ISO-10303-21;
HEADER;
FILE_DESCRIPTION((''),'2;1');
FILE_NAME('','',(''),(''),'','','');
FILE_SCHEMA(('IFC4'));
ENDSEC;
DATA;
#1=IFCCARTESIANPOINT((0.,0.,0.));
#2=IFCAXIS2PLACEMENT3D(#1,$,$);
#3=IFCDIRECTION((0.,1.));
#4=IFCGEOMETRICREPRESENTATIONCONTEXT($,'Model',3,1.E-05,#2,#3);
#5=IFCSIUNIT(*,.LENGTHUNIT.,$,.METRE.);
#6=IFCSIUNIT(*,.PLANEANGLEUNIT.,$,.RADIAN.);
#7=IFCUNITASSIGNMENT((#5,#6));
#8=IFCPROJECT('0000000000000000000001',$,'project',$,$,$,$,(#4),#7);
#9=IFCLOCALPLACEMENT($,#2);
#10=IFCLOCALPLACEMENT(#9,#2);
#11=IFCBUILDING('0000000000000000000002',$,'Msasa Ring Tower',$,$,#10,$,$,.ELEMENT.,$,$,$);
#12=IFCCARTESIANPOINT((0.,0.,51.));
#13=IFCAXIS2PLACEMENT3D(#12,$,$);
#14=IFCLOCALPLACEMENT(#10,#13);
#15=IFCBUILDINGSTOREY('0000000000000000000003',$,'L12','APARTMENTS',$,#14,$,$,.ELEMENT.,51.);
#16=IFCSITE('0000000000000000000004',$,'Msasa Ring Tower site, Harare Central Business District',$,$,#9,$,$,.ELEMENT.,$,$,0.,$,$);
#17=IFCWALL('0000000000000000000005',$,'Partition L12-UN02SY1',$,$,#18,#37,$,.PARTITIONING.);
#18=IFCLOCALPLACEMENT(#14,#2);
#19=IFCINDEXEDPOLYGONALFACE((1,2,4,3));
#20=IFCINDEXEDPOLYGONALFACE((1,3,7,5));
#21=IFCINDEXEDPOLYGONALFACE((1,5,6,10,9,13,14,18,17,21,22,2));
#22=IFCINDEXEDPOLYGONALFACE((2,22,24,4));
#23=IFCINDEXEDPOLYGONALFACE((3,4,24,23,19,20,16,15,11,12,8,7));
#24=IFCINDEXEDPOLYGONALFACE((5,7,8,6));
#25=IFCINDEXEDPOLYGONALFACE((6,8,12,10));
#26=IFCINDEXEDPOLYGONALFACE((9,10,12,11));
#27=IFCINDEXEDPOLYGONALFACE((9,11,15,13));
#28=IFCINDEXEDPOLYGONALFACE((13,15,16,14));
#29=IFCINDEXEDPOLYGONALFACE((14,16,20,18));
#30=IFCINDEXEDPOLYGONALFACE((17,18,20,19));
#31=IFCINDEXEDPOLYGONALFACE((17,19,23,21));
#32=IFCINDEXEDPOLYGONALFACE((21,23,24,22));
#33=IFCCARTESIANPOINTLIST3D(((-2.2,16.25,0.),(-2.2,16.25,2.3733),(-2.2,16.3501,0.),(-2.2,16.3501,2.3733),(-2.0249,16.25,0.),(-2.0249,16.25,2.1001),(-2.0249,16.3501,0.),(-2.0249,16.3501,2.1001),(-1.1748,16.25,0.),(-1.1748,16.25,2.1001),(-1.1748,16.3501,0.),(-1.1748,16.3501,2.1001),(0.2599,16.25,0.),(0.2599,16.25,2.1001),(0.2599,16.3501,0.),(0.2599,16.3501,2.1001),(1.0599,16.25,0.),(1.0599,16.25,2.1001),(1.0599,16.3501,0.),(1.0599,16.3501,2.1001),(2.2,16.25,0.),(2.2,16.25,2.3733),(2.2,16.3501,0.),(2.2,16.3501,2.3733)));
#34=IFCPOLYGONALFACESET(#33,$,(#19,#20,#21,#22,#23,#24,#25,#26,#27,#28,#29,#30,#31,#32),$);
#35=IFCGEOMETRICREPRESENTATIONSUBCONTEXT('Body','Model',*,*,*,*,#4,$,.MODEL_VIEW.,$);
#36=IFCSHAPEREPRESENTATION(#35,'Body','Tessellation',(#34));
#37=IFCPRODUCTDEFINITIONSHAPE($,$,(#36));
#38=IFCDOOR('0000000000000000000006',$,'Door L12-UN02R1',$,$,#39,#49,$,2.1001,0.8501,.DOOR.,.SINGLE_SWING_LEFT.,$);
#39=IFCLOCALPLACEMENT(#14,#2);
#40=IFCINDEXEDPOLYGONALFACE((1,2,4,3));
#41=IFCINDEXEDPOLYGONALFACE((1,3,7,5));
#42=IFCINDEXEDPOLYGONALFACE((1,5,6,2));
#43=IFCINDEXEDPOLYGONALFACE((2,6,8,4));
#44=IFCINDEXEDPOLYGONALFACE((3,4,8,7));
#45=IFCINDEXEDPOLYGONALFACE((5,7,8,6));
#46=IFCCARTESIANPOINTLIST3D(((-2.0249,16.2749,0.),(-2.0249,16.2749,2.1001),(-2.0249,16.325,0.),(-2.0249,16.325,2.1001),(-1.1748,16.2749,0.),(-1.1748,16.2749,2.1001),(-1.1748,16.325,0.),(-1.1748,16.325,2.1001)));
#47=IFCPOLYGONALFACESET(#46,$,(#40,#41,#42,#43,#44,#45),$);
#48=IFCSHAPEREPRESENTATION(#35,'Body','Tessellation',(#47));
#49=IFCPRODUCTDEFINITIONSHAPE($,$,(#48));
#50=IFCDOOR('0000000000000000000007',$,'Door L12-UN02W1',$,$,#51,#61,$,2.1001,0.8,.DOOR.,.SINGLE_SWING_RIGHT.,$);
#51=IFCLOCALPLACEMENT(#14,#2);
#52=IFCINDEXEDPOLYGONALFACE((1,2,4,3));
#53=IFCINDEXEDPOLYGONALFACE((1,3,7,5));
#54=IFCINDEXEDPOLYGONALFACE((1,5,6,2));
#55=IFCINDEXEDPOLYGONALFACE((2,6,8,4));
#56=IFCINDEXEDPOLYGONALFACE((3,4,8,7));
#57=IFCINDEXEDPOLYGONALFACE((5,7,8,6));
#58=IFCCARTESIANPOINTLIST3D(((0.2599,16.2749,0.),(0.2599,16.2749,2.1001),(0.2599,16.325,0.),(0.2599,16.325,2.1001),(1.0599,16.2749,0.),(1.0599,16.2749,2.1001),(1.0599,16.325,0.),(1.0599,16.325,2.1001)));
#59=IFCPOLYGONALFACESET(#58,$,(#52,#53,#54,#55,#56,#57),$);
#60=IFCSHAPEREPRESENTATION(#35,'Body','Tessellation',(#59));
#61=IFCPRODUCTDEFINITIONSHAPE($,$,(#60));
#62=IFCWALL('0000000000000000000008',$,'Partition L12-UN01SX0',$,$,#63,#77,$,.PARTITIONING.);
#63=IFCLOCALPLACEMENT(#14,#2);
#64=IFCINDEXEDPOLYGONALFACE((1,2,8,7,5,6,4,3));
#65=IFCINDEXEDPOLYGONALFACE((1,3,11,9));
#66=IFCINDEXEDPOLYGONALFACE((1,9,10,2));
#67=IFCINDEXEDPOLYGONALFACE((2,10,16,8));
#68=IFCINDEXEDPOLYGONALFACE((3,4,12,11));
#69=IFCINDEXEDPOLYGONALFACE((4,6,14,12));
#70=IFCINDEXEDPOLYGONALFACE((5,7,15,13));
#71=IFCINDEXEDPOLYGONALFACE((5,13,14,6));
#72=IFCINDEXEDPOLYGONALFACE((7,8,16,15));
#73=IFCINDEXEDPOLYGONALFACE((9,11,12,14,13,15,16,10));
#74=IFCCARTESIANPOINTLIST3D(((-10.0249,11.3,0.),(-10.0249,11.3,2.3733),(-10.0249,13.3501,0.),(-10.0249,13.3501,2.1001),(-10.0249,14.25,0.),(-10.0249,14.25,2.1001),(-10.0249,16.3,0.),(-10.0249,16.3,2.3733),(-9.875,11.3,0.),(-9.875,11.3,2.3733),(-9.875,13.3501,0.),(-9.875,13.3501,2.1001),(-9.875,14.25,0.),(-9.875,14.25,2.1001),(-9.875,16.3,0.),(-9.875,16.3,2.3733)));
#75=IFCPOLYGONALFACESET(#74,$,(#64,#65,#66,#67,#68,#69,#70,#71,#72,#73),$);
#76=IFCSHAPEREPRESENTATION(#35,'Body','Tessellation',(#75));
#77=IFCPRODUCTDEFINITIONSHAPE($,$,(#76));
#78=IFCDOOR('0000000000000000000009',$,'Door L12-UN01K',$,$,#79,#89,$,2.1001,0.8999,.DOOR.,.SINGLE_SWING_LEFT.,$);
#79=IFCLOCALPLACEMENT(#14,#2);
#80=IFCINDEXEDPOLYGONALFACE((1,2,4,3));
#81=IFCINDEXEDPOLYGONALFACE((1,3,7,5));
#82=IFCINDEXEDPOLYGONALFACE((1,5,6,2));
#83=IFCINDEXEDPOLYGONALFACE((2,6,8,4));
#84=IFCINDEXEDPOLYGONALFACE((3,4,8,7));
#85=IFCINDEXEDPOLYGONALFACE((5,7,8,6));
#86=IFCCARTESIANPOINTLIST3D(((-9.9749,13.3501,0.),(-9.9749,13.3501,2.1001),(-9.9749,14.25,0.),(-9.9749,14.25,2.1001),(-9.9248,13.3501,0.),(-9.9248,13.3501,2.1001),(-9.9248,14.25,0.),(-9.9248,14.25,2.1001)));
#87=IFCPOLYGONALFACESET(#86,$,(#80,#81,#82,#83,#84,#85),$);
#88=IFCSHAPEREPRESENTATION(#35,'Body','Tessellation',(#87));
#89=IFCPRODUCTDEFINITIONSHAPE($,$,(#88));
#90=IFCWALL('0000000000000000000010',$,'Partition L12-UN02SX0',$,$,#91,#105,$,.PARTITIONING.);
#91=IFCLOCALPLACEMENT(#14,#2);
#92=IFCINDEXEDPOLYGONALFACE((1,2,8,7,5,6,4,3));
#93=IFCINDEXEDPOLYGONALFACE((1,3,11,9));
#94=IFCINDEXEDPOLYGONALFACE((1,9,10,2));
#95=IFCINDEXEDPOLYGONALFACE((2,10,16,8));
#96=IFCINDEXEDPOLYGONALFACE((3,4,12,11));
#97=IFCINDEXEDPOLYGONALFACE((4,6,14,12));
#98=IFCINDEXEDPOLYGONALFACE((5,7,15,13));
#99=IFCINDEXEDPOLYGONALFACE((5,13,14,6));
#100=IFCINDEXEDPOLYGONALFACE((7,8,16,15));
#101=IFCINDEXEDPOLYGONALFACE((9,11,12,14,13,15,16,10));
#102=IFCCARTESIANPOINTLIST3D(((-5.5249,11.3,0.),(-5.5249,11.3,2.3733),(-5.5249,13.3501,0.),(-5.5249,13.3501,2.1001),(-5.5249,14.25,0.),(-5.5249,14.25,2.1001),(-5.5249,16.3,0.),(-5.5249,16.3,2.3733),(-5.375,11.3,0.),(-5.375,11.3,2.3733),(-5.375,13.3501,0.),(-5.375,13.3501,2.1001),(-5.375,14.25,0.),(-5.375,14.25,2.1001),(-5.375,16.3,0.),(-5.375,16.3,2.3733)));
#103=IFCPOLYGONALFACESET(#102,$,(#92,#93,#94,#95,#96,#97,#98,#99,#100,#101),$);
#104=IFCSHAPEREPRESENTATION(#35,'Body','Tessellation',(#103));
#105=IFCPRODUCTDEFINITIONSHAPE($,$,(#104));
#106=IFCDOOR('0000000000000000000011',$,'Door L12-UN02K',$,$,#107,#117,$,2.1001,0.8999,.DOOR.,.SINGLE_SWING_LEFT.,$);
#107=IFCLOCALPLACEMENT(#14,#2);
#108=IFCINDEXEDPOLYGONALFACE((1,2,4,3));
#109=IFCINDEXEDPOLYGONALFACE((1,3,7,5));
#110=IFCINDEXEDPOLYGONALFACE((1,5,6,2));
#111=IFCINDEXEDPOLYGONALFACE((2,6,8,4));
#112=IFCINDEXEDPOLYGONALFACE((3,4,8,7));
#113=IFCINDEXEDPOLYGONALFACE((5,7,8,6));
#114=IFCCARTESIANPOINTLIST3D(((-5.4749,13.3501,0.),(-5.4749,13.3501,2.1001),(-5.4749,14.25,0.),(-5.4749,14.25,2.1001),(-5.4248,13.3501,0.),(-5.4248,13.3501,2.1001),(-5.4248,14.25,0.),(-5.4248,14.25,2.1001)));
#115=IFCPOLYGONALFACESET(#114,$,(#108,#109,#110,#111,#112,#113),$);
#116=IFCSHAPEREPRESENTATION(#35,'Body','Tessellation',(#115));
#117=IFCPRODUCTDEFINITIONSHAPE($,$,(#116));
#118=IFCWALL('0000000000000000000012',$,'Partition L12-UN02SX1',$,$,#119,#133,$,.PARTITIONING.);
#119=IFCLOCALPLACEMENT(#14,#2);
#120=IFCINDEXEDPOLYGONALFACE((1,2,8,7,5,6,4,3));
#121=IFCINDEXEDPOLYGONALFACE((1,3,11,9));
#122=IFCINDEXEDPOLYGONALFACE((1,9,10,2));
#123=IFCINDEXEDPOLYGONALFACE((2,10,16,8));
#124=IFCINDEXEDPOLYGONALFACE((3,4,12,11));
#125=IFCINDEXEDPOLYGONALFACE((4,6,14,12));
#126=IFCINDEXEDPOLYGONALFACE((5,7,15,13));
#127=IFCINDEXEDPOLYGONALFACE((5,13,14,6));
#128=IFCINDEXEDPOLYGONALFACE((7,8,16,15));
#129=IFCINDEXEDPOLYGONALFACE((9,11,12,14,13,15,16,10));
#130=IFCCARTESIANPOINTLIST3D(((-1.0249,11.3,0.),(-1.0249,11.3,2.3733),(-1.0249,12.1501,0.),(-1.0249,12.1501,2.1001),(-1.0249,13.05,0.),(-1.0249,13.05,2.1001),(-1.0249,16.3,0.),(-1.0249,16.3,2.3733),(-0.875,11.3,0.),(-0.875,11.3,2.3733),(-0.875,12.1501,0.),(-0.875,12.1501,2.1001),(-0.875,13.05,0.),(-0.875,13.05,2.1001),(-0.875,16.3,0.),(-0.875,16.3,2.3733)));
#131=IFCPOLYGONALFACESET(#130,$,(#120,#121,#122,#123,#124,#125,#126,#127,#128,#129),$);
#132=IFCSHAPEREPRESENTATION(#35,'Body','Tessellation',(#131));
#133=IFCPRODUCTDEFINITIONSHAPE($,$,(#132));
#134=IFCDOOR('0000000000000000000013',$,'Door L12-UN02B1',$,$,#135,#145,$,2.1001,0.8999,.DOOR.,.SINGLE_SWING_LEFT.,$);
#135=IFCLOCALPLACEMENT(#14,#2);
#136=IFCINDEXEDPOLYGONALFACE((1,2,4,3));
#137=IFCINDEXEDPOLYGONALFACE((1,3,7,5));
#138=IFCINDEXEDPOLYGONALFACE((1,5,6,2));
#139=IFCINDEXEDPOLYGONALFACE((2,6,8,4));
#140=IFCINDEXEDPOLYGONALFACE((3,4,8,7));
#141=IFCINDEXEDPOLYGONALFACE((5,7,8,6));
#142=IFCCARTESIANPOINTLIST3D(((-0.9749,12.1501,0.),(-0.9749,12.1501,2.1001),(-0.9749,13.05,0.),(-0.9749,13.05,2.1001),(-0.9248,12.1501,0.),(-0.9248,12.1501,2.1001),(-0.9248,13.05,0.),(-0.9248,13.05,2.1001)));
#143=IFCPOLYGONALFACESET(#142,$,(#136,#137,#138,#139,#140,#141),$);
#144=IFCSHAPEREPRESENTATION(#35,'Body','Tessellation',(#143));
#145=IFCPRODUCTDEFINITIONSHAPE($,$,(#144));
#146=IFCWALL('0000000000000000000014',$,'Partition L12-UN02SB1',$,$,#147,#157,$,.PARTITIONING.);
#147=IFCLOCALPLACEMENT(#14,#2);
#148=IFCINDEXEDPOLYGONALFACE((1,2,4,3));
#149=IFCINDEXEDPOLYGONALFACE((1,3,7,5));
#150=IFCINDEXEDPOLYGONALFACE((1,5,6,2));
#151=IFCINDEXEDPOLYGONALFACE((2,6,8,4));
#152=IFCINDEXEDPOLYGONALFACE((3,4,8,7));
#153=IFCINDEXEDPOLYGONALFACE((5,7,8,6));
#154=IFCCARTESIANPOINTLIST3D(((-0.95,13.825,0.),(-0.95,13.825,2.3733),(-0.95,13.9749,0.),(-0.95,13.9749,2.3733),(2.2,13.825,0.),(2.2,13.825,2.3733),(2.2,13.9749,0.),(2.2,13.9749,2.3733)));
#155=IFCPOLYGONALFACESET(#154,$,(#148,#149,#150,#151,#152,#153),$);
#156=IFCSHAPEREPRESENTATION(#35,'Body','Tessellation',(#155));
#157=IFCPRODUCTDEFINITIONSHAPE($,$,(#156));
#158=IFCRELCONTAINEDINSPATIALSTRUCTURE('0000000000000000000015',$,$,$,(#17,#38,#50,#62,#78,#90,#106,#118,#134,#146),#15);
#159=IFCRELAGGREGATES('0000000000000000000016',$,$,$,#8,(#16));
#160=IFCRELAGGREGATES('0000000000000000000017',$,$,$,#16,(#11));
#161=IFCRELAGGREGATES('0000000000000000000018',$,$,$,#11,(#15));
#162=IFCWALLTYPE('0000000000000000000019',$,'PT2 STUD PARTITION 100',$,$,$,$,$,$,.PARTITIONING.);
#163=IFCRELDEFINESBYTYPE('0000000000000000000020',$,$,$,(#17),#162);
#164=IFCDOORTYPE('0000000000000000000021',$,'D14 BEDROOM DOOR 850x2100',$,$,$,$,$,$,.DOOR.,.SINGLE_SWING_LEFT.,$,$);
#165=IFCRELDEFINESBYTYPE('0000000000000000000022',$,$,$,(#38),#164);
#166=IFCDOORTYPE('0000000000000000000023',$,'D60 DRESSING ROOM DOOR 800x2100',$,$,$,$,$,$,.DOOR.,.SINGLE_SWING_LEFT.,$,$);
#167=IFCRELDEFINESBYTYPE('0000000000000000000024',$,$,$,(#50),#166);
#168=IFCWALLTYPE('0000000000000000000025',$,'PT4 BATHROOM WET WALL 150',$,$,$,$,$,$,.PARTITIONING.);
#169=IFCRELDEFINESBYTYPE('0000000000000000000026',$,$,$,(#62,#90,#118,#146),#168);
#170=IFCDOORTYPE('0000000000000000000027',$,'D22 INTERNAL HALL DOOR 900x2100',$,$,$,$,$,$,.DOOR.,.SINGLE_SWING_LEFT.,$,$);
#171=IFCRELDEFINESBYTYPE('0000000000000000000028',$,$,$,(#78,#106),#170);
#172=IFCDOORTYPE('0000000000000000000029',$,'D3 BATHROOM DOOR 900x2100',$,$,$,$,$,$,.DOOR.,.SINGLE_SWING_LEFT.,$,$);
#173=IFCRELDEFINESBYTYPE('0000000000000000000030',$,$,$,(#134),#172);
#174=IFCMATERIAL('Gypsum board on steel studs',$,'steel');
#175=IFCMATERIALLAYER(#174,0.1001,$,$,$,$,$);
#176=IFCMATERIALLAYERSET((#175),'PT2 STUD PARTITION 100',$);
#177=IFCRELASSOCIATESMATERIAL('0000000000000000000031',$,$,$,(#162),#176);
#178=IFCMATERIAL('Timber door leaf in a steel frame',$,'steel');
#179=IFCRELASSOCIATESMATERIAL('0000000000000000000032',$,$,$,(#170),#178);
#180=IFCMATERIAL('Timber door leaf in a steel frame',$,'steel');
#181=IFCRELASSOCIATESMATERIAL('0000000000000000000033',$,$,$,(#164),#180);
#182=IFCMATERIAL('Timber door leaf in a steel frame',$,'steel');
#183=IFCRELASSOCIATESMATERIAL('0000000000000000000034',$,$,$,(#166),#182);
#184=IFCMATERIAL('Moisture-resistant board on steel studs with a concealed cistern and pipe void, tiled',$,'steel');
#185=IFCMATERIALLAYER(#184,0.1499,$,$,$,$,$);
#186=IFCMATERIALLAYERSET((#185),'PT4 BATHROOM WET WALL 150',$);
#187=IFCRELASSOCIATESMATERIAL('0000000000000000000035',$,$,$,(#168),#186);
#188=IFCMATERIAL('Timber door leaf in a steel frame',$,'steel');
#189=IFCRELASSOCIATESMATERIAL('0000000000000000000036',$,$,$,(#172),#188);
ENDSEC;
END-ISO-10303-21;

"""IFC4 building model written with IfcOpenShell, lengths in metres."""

from ifc_helpers import new_model, si_unit, direction, frame, frame_2d, origin, place, context, subcontext, project, spatial, rectangle, extrude, material, layer, layer_set, type_object, element, fill, save


model = new_model("IFC4")

# Units and contexts
model_context = context("Model", 3, precision=1e-05, world=origin(), true_north=direction((0.0, 1.0)))
body_context = subcontext(model_context, "Body", "Model", "MODEL_VIEW")
ifc_project = project(units=[si_unit("LENGTHUNIT", "METRE"), si_unit("PLANEANGLEUNIT", "RADIAN")], contexts=[model_context])

# Site, building, storey
site_placement = place(None, origin())
site = spatial("IfcSite", under=ifc_project, at=site_placement, Name="Msasa Ring Tower site, Harare Central Business District", CompositionType="ELEMENT", RefElevation=0.0)
building_placement = place(site_placement, origin())
building = spatial("IfcBuilding", under=site, at=building_placement, Name="Msasa Ring Tower", CompositionType="ELEMENT")
storey_placement = place(building_placement, frame((0.0, 0.0, 51.0)))
storey = spatial("IfcBuildingStorey", under=building, at=storey_placement, Name="L12", Description="APARTMENTS", CompositionType="ELEMENT", Elevation=51.0)

# Shared definitions
ifc_material_1 = material(Name="Gypsum board on steel studs", Category="steel")
ifc_layer_1 = layer(ifc_material_1, 0.1001)
ifc_layer_set_1 = layer_set([ifc_layer_1], Name="PT2 STUD PARTITION 100")
wall_type_1 = type_object("IfcWallType", Name="PT2 STUD PARTITION 100", PredefinedType="PARTITIONING", material=ifc_layer_set_1)
ifc_material_2 = material(Name="Timber door leaf in a steel frame", Category="steel")
door_type_1 = type_object("IfcDoorType", Name="D22 INTERNAL HALL DOOR 900x2100", OperationType="SINGLE_SWING_LEFT", PredefinedType="DOOR", material=ifc_material_2)

# Wall, openings, doors
wall_1_placement = place(storey_placement, frame((-2.2, 16.3, 0.0), z_axis=(0.0, 0.0, 1.0), x_axis=(1.0, 0.0, 0.0)))
wall_1 = element("IfcWall", 1, at=wall_1_placement, inside=storey, type_object=wall_type_1, Name="Partition L12-UN02SY1", PredefinedType="PARTITIONING", context=body_context, shape_type="SweptSolid", body=[
    extrude(rectangle(XDim=4.3999, YDim=0.1001, at=frame_2d((2.2, 0.0))), origin(), (0.0, 0.0, 1.0), 2.3733),
])
opening_1_placement = place(wall_1_placement, frame((0.175, 0.0, 0.0)))
opening_1 = element("IfcOpeningElement", 2, at=opening_1_placement, cuts=wall_1, PredefinedType="OPENING", context=body_context, shape_type="SweptSolid", body=[
    extrude(rectangle(XDim=0.8501, YDim=2.1001, at=frame_2d((0.425, 1.05))), frame((0.0, 0.0601, 0.0), z_axis=(0.0, -1.0, 0.0), x_axis=(1.0, 0.0, 0.0)), (0.0, 0.0, 1.0), 0.1201),
])
opening_2_placement = place(wall_1_placement, frame((2.46, 0.0, 0.0)))
opening_2 = element("IfcOpeningElement", 3, at=opening_2_placement, cuts=wall_1, PredefinedType="OPENING", context=body_context, shape_type="SweptSolid", body=[
    extrude(rectangle(XDim=0.8, YDim=2.1001, at=frame_2d((0.3999, 1.05))), frame((0.0, 0.0601, 0.0), z_axis=(0.0, -1.0, 0.0), x_axis=(1.0, 0.0, 0.0)), (0.0, 0.0, 1.0), 0.1201),
])
ifc_material_3 = material(Name="Timber door leaf in a steel frame", Category="steel")
door_type_2 = type_object("IfcDoorType", Name="D14 BEDROOM DOOR 850x2100", OperationType="SINGLE_SWING_LEFT", PredefinedType="DOOR", material=ifc_material_3)
door_1_placement = place(opening_1_placement, origin())
door_1 = element("IfcDoor", 4, at=door_1_placement, inside=storey, type_object=door_type_2, Name="Door L12-UN02R1", OperationType="SINGLE_SWING_LEFT", OverallHeight=2.1001, OverallWidth=0.8501, PredefinedType="DOOR", context=body_context, shape_type="SweptSolid", body=[
    extrude(rectangle(XDim=0.8501, YDim=2.1001, at=frame_2d((0.425, 1.05))), frame((0.0, 0.0249, 0.0), z_axis=(0.0, -1.0, 0.0), x_axis=(1.0, 0.0, 0.0)), (0.0, 0.0, 1.0), 0.05),
])
fill(opening_1, door_1)
ifc_material_4 = material(Name="Timber door leaf in a steel frame", Category="steel")
door_type_3 = type_object("IfcDoorType", Name="D60 DRESSING ROOM DOOR 800x2100", OperationType="SINGLE_SWING_LEFT", PredefinedType="DOOR", material=ifc_material_4)
door_2_placement = place(opening_2_placement, origin())
door_2 = element("IfcDoor", 5, at=door_2_placement, inside=storey, type_object=door_type_3, Name="Door L12-UN02W1", OperationType="SINGLE_SWING_RIGHT", OverallHeight=2.1001, OverallWidth=0.8, PredefinedType="DOOR", context=body_context, shape_type="SweptSolid", body=[
    extrude(rectangle(XDim=0.8, YDim=2.1001, at=frame_2d((0.3999, 1.05))), frame((0.0, 0.0249, 0.0), z_axis=(0.0, -1.0, 0.0), x_axis=(1.0, 0.0, 0.0)), (0.0, 0.0, 1.0), 0.05),
])
fill(opening_2, door_2)

# Walls, openings, doors
ifc_material_5 = material(Name="Moisture-resistant board on steel studs with a concealed cistern and pipe void, tiled", Category="steel")
ifc_layer_2 = layer(ifc_material_5, 0.1499)
ifc_layer_set_2 = layer_set([ifc_layer_2], Name="PT4 BATHROOM WET WALL 150")
wall_type_2 = type_object("IfcWallType", Name="PT4 BATHROOM WET WALL 150", PredefinedType="PARTITIONING", material=ifc_layer_set_2)
wall_2_placement = place(storey_placement, frame((-9.95, 11.3, 0.0), z_axis=(0.0, 0.0, 1.0), x_axis=(0.0, 1.0, 0.0)))
wall_2 = element("IfcWall", 6, at=wall_2_placement, inside=storey, type_object=wall_type_2, Name="Partition L12-UN01SX0", PredefinedType="PARTITIONING", context=body_context, shape_type="SweptSolid", body=[
    extrude(rectangle(XDim=5.0, YDim=0.1499, at=frame_2d((2.5, 0.0))), origin(), (0.0, 0.0, 1.0), 2.3733),
])
opening_3_placement = place(wall_2_placement, frame((2.05, 0.0, 0.0)))
opening_3 = element("IfcOpeningElement", 7, at=opening_3_placement, cuts=wall_2, PredefinedType="OPENING", context=body_context, shape_type="SweptSolid", body=[
    extrude(rectangle(XDim=0.8999, YDim=2.1001, at=frame_2d((0.45, 1.05))), frame((0.0, 0.085, 0.0), z_axis=(0.0, -1.0, 0.0), x_axis=(1.0, 0.0, 0.0)), (0.0, 0.0, 1.0), 0.1699),
])
door_3_placement = place(opening_3_placement, origin())
door_3 = element("IfcDoor", 8, at=door_3_placement, inside=storey, type_object=door_type_1, Name="Door L12-UN01K", OperationType="SINGLE_SWING_LEFT", OverallHeight=2.1001, OverallWidth=0.8999, PredefinedType="DOOR", context=body_context, shape_type="SweptSolid", body=[
    extrude(rectangle(XDim=0.8999, YDim=2.1001, at=frame_2d((0.45, 1.05))), frame((0.0, 0.0249, 0.0), z_axis=(0.0, -1.0, 0.0), x_axis=(1.0, 0.0, 0.0)), (0.0, 0.0, 1.0), 0.05),
])
fill(opening_3, door_3)
wall_3_placement = place(storey_placement, frame((-5.45, 11.3, 0.0), z_axis=(0.0, 0.0, 1.0), x_axis=(0.0, 1.0, 0.0)))
wall_3 = element("IfcWall", 9, at=wall_3_placement, inside=storey, type_object=wall_type_2, Name="Partition L12-UN02SX0", PredefinedType="PARTITIONING", context=body_context, shape_type="SweptSolid", body=[
    extrude(rectangle(XDim=5.0, YDim=0.1499, at=frame_2d((2.5, 0.0))), origin(), (0.0, 0.0, 1.0), 2.3733),
])
opening_4_placement = place(wall_3_placement, frame((2.05, 0.0, 0.0)))
opening_4 = element("IfcOpeningElement", 10, at=opening_4_placement, cuts=wall_3, PredefinedType="OPENING", context=body_context, shape_type="SweptSolid", body=[
    extrude(rectangle(XDim=0.8999, YDim=2.1001, at=frame_2d((0.45, 1.05))), frame((0.0, 0.085, 0.0), z_axis=(0.0, -1.0, 0.0), x_axis=(1.0, 0.0, 0.0)), (0.0, 0.0, 1.0), 0.1699),
])
door_4_placement = place(opening_4_placement, origin())
door_4 = element("IfcDoor", 11, at=door_4_placement, inside=storey, type_object=door_type_1, Name="Door L12-UN02K", OperationType="SINGLE_SWING_LEFT", OverallHeight=2.1001, OverallWidth=0.8999, PredefinedType="DOOR", context=body_context, shape_type="SweptSolid", body=[
    extrude(rectangle(XDim=0.8999, YDim=2.1001, at=frame_2d((0.45, 1.05))), frame((0.0, 0.0249, 0.0), z_axis=(0.0, -1.0, 0.0), x_axis=(1.0, 0.0, 0.0)), (0.0, 0.0, 1.0), 0.05),
])
fill(opening_4, door_4)
wall_4_placement = place(storey_placement, frame((-0.95, 11.3, 0.0), z_axis=(0.0, 0.0, 1.0), x_axis=(0.0, 1.0, 0.0)))
wall_4 = element("IfcWall", 12, at=wall_4_placement, inside=storey, type_object=wall_type_2, Name="Partition L12-UN02SX1", PredefinedType="PARTITIONING", context=body_context, shape_type="SweptSolid", body=[
    extrude(rectangle(XDim=5.0, YDim=0.1499, at=frame_2d((2.5, 0.0))), origin(), (0.0, 0.0, 1.0), 2.3733),
])
opening_5_placement = place(wall_4_placement, frame((0.8501, 0.0, 0.0)))
opening_5 = element("IfcOpeningElement", 13, at=opening_5_placement, cuts=wall_4, PredefinedType="OPENING", context=body_context, shape_type="SweptSolid", body=[
    extrude(rectangle(XDim=0.8999, YDim=2.1001, at=frame_2d((0.45, 1.05))), frame((0.0, 0.085, 0.0), z_axis=(0.0, -1.0, 0.0), x_axis=(1.0, 0.0, 0.0)), (0.0, 0.0, 1.0), 0.1699),
])
ifc_material_6 = material(Name="Timber door leaf in a steel frame", Category="steel")
door_type_4 = type_object("IfcDoorType", Name="D3 BATHROOM DOOR 900x2100", OperationType="SINGLE_SWING_LEFT", PredefinedType="DOOR", material=ifc_material_6)
door_5_placement = place(opening_5_placement, origin())
door_5 = element("IfcDoor", 14, at=door_5_placement, inside=storey, type_object=door_type_4, Name="Door L12-UN02B1", OperationType="SINGLE_SWING_LEFT", OverallHeight=2.1001, OverallWidth=0.8999, PredefinedType="DOOR", context=body_context, shape_type="SweptSolid", body=[
    extrude(rectangle(XDim=0.8999, YDim=2.1001, at=frame_2d((0.45, 1.05))), frame((0.0, 0.0249, 0.0), z_axis=(0.0, -1.0, 0.0), x_axis=(1.0, 0.0, 0.0)), (0.0, 0.0, 1.0), 0.05),
])
fill(opening_5, door_5)

# Wall
wall_5_placement = place(storey_placement, frame((-0.95, 13.8999, 0.0), z_axis=(0.0, 0.0, 1.0), x_axis=(1.0, 0.0, 0.0)))
element("IfcWall", 15, at=wall_5_placement, inside=storey, type_object=wall_type_2, Name="Partition L12-UN02SB1", PredefinedType="PARTITIONING", context=body_context, shape_type="SweptSolid", body=[
    extrude(rectangle(XDim=3.1499, YDim=0.1499, at=frame_2d((1.575, 0.0))), origin(), (0.0, 0.0, 1.0), 2.3733),
])

save(model, "model.ifc")
